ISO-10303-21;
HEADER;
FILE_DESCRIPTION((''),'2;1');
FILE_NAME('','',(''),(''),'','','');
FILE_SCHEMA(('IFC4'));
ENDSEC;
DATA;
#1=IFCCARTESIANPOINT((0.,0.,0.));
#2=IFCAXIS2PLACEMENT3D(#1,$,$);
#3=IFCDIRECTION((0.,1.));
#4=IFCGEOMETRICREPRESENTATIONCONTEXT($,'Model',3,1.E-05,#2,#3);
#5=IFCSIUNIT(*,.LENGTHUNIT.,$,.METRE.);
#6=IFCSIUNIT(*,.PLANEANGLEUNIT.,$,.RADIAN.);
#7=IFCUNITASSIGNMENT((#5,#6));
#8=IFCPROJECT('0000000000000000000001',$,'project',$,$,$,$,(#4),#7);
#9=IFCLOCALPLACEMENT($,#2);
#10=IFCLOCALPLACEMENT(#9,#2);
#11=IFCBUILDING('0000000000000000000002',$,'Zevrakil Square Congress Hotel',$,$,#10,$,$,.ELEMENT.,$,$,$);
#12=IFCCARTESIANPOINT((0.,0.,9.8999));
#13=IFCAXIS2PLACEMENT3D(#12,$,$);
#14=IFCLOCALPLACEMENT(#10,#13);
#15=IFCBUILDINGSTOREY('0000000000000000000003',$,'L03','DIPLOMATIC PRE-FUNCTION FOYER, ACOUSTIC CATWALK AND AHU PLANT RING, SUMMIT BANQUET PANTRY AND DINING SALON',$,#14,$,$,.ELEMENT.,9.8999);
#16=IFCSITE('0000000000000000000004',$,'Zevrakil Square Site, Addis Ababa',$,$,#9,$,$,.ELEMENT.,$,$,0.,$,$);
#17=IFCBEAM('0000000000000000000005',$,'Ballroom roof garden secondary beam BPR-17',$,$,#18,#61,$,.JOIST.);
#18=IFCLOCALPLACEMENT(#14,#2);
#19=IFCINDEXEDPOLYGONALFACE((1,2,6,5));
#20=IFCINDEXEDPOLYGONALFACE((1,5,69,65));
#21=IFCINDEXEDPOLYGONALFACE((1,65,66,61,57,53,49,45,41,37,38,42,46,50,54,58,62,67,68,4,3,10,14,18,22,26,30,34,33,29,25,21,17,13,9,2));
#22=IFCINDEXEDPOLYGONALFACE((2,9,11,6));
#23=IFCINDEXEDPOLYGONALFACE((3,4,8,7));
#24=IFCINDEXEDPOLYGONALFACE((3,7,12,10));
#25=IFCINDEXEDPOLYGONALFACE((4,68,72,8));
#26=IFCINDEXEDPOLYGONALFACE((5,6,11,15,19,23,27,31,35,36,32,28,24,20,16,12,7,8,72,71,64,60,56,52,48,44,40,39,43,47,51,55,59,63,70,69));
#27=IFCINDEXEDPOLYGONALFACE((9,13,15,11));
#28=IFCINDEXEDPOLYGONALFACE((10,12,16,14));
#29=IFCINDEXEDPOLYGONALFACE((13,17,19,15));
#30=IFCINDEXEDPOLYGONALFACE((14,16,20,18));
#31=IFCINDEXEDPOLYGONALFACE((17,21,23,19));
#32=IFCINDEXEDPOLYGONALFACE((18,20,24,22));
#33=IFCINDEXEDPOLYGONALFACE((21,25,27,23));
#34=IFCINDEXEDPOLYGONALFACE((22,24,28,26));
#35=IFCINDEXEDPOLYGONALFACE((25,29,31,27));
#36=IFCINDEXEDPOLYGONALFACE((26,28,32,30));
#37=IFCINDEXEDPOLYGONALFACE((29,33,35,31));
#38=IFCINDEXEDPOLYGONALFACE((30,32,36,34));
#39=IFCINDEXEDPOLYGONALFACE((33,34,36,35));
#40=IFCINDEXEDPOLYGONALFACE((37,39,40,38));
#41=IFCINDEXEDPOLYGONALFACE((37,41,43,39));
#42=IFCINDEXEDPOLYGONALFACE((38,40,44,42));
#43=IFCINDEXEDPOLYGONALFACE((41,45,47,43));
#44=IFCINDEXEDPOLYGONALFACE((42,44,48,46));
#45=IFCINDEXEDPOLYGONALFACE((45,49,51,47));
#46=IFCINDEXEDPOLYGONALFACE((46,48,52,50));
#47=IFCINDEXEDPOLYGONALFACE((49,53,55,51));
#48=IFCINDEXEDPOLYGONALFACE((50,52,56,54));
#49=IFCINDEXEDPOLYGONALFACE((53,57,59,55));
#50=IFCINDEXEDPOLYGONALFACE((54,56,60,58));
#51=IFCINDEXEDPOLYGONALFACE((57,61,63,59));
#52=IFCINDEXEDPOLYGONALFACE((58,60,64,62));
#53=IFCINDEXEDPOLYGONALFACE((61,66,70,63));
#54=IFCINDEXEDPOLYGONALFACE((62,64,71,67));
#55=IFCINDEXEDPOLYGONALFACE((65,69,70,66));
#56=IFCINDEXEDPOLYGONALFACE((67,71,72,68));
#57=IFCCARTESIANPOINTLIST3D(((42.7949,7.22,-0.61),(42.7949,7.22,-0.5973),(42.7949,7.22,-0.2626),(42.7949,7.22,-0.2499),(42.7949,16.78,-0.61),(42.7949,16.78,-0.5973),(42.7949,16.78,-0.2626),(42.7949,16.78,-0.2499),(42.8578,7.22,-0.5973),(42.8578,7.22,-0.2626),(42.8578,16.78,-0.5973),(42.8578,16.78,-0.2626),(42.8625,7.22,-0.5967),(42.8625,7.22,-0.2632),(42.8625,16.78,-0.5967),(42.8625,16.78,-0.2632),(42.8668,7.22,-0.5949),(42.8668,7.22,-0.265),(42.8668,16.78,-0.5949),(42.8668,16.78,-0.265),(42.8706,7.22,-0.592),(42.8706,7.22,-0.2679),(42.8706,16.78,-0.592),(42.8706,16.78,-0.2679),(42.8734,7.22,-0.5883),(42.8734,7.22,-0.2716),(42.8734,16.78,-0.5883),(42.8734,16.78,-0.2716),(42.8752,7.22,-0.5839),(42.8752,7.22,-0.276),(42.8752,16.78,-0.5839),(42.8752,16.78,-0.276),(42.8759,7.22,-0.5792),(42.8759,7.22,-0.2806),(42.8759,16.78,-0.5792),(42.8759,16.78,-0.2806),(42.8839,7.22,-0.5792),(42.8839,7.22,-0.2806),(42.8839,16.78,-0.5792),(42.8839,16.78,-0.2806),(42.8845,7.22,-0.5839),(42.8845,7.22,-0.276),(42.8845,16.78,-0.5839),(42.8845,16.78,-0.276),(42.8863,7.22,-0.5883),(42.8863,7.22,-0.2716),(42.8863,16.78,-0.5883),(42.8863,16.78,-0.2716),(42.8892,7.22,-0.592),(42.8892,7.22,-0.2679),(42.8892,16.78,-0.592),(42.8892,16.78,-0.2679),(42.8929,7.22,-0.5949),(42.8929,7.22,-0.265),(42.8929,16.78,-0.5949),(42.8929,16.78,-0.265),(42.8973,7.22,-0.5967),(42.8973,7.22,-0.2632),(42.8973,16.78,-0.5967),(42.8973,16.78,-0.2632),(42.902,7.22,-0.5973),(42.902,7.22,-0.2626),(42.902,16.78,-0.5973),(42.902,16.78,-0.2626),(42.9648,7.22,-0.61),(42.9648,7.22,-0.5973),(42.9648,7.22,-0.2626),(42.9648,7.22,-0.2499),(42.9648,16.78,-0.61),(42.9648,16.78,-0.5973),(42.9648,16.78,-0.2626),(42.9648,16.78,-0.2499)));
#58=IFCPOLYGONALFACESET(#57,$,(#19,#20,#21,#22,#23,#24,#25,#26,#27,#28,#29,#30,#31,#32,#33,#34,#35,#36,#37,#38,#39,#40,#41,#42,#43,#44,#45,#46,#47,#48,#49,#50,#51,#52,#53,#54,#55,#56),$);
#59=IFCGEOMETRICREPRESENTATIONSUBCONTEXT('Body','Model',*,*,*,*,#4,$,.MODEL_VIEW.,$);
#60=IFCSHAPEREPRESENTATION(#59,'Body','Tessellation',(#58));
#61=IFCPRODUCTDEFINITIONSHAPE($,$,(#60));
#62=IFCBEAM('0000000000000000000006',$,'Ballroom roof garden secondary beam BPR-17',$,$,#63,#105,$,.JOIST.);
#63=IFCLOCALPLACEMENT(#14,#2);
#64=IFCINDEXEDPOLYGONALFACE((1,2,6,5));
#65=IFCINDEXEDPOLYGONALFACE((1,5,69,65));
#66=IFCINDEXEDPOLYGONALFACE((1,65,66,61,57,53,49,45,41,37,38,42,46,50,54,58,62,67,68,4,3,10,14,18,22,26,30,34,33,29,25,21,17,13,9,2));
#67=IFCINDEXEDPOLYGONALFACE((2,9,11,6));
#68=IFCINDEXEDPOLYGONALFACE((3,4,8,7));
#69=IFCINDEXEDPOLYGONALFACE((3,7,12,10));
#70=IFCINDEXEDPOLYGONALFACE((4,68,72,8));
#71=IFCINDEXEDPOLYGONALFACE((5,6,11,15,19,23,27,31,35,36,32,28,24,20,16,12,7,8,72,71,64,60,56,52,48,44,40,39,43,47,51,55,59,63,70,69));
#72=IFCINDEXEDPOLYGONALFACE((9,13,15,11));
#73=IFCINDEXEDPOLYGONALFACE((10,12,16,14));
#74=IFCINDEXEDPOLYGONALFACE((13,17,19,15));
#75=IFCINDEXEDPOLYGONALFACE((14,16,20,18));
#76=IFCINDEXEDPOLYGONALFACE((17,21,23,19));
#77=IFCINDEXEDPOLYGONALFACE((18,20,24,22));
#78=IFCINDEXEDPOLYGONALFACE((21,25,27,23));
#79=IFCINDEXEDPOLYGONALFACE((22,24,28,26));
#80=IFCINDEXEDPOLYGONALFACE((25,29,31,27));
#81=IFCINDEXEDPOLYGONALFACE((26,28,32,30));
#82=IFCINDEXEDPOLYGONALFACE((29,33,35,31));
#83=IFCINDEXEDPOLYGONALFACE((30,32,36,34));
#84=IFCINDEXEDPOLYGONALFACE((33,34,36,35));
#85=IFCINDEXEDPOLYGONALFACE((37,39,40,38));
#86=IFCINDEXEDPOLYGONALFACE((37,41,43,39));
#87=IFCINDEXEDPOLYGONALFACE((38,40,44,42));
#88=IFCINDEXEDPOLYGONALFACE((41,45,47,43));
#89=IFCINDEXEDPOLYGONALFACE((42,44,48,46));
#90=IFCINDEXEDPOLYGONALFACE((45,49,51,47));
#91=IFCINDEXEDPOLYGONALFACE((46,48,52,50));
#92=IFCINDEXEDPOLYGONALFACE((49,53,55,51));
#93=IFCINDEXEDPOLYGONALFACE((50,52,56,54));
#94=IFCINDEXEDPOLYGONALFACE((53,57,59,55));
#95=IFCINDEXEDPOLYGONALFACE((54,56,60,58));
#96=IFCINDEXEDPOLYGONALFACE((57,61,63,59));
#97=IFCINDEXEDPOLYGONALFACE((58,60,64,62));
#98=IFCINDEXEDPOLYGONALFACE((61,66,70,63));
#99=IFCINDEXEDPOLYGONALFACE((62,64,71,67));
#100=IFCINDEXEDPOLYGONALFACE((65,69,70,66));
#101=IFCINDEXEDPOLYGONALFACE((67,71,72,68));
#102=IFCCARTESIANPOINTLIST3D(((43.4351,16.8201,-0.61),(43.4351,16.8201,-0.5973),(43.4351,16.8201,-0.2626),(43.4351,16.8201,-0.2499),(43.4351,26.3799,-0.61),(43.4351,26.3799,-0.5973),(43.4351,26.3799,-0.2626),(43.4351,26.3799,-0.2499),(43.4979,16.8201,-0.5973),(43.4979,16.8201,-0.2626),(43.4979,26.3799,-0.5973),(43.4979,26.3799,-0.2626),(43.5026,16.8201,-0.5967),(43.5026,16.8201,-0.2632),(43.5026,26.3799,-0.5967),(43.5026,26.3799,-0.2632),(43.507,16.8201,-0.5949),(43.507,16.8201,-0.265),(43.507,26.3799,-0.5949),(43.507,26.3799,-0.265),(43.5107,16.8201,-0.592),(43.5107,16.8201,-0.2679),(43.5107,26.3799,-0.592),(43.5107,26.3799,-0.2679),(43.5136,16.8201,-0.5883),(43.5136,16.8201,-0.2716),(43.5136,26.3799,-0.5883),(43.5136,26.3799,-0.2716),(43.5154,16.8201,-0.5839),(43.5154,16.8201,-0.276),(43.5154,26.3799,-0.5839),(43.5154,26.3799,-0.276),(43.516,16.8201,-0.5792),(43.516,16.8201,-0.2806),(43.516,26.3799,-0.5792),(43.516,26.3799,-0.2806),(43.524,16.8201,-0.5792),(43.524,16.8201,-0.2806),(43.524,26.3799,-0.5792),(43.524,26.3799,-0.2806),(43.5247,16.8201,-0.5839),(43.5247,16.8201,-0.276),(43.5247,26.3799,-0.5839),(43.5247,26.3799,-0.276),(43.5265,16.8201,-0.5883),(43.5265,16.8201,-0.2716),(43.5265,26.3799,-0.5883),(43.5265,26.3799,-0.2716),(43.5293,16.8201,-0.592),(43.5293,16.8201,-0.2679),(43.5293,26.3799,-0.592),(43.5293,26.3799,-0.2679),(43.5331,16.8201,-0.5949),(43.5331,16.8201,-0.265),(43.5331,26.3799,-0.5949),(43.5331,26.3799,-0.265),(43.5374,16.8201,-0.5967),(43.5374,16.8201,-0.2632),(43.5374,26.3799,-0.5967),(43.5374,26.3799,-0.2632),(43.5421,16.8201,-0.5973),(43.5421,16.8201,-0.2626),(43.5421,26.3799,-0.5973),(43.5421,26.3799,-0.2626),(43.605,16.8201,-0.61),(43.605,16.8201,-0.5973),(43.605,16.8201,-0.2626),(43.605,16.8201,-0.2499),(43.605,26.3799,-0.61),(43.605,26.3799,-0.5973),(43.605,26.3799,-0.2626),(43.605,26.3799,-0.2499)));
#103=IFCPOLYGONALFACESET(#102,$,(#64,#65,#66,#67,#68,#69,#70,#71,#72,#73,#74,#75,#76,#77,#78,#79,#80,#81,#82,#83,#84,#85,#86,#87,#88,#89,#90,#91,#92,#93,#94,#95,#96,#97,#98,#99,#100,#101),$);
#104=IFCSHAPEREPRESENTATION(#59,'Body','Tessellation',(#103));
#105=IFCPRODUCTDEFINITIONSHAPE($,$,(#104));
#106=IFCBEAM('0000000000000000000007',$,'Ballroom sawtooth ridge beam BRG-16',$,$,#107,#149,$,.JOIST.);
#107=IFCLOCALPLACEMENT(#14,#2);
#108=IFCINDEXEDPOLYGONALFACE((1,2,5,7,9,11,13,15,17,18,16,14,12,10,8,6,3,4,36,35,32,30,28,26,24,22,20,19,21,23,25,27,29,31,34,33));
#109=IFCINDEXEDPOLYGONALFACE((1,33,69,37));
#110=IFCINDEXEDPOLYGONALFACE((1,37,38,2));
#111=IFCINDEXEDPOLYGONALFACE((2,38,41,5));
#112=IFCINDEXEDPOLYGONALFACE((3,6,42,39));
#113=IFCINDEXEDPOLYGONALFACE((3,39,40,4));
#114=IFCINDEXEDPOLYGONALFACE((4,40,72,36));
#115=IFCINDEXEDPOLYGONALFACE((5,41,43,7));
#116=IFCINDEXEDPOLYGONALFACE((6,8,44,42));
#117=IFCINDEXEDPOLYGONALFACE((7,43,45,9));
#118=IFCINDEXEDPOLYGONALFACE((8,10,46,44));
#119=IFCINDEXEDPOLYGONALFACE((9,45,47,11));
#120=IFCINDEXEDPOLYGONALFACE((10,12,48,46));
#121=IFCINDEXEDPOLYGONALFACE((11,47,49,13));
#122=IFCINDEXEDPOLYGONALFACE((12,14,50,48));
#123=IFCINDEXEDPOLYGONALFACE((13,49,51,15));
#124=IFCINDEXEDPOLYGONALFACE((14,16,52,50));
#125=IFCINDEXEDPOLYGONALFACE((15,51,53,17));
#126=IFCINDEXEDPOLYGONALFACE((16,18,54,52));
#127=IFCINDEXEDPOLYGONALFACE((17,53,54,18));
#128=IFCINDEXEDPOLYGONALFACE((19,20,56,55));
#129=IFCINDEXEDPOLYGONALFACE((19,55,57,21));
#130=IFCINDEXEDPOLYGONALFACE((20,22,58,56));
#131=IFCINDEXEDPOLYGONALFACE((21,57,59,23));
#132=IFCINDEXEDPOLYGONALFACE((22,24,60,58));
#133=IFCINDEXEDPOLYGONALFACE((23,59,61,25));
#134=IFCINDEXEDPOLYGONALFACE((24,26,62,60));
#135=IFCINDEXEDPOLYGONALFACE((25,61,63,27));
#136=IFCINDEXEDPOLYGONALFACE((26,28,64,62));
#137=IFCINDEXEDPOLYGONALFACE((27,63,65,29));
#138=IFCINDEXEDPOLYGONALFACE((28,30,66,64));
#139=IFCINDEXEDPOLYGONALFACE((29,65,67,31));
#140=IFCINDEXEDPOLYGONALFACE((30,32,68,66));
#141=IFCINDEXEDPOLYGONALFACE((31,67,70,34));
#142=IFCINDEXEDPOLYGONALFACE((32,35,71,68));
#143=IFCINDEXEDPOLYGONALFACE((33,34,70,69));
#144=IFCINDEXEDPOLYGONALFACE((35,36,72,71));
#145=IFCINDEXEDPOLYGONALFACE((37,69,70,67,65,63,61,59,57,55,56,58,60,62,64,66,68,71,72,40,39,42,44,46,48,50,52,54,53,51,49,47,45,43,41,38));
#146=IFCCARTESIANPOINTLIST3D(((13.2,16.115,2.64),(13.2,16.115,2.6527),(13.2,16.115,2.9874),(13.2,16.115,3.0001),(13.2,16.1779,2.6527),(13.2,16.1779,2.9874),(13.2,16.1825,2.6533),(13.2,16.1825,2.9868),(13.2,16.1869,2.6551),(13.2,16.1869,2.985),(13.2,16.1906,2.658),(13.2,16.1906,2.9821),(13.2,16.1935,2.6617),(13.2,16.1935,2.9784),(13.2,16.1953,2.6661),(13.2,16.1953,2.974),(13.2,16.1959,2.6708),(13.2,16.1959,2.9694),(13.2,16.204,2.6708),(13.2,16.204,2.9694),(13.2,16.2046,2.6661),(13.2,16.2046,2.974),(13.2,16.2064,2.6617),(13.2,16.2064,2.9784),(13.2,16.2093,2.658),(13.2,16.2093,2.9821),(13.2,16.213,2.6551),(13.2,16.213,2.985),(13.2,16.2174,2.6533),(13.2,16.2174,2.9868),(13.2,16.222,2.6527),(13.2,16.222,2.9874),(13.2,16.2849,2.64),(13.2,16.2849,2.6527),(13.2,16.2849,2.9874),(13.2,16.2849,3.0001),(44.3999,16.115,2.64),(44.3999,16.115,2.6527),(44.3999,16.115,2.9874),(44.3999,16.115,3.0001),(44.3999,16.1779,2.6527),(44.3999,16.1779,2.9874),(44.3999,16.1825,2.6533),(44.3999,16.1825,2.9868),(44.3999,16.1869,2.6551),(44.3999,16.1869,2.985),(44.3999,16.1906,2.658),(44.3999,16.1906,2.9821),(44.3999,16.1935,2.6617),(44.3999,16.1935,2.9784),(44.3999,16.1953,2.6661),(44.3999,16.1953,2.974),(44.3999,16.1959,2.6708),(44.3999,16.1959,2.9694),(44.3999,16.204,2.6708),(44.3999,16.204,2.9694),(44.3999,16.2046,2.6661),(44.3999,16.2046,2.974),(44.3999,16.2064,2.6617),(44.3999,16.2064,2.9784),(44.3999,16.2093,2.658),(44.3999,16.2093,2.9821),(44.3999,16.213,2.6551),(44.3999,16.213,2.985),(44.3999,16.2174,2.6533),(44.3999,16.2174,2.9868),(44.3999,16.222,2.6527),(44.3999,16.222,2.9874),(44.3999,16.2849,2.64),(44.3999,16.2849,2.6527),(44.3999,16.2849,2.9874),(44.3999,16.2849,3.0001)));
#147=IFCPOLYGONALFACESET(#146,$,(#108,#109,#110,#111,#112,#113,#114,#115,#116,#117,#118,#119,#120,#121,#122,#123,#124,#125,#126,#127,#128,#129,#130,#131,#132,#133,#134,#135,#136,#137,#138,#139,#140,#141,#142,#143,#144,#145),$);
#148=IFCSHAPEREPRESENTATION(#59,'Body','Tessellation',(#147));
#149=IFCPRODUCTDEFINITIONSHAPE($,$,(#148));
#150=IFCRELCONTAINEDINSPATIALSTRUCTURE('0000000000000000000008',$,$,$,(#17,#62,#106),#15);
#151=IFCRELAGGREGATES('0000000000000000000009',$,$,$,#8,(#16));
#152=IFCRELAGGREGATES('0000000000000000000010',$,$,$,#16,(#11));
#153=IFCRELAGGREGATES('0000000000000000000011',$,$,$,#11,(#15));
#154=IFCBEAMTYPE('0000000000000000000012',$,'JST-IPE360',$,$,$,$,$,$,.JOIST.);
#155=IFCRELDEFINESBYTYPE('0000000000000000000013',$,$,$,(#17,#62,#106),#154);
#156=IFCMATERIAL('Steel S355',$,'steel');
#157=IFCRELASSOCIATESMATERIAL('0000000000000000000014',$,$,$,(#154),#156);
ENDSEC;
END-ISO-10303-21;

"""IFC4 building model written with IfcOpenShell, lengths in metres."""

from ifc_helpers import new_model, si_unit, direction, frame, origin, origin_2d, place, context, subcontext, project, spatial, i_section, extrude, material, material_profile, profile_set, type_object, element, save


model = new_model("IFC4")

# Units and contexts
model_context = context("Model", 3, precision=1e-05, world=origin(), true_north=direction((0.0, 1.0)))
body_context = subcontext(model_context, "Body", "Model", "MODEL_VIEW")
ifc_project = project(units=[si_unit("LENGTHUNIT", "METRE"), si_unit("PLANEANGLEUNIT", "RADIAN")], contexts=[model_context])

# Site, building, storey
site_placement = place(None, origin())
site = spatial("IfcSite", under=ifc_project, at=site_placement, Name="Zevrakil Square Site, Addis Ababa", CompositionType="ELEMENT", RefElevation=0.0)
building_placement = place(site_placement, origin())
building = spatial("IfcBuilding", under=site, at=building_placement, Name="Zevrakil Square Congress Hotel", CompositionType="ELEMENT")
storey_placement = place(building_placement, frame((0.0, 0.0, 9.8999)))
storey = spatial("IfcBuildingStorey", under=building, at=storey_placement, Name="L03", Description="DIPLOMATIC PRE-FUNCTION FOYER, ACOUSTIC CATWALK AND AHU PLANT RING, SUMMIT BANQUET PANTRY AND DINING SALON", CompositionType="ELEMENT", Elevation=9.8999)

# Beams
ifc_material_1 = material(Name="Steel S355", Category="steel")
ifc_material_profile_1 = material_profile(ifc_material_1, i_section(OverallWidth=0.1699, OverallDepth=0.3601, WebThickness=0.0081, FlangeThickness=0.0127, FilletRadius=0.0181, at=origin_2d()), Name="IPE 360")
ifc_profile_set_1 = profile_set([ifc_material_profile_1], Name="Steel S355")
beam_type_1 = type_object("IfcBeamType", Name="JST-IPE360", PredefinedType="JOIST", material=ifc_profile_set_1)
beam_1_placement = place(storey_placement, frame((42.8799, 7.22, -0.4299), z_axis=(0.0, 1.0, 0.0), x_axis=(-1.0, 0.0, 0.0)))
element("IfcBeam", 1, at=beam_1_placement, inside=storey, type_object=beam_type_1, Name="Ballroom roof garden secondary beam BPR-17", PredefinedType="JOIST", context=body_context, shape_type="SweptSolid", body=[
    extrude(i_section(OverallWidth=0.1699, OverallDepth=0.3601, WebThickness=0.0081, FlangeThickness=0.0127, FilletRadius=0.0181, at=origin_2d()), origin(), (0.0, 0.0, 1.0), 9.5601),
])
beam_2_placement = place(storey_placement, frame((43.52, 16.8201, -0.4299), z_axis=(0.0, 1.0, 0.0), x_axis=(-1.0, 0.0, 0.0)))
element("IfcBeam", 2, at=beam_2_placement, inside=storey, type_object=beam_type_1, Name="Ballroom roof garden secondary beam BPR-17", PredefinedType="JOIST", context=body_context, shape_type="SweptSolid", body=[
    extrude(i_section(OverallWidth=0.1699, OverallDepth=0.3601, WebThickness=0.0081, FlangeThickness=0.0127, FilletRadius=0.0181, at=origin_2d()), origin(), (0.0, 0.0, 1.0), 9.5598),
])
beam_3_placement = place(storey_placement, frame((13.2, 16.2, 2.8201), z_axis=(1.0, 0.0, 0.0), x_axis=(0.0, 1.0, 0.0)))
element("IfcBeam", 3, at=beam_3_placement, inside=storey, type_object=beam_type_1, Name="Ballroom sawtooth ridge beam BRG-16", PredefinedType="JOIST", context=body_context, shape_type="SweptSolid", body=[
    extrude(i_section(OverallWidth=0.1699, OverallDepth=0.3601, WebThickness=0.0081, FlangeThickness=0.0127, FilletRadius=0.0181, at=origin_2d()), origin(), (0.0, 0.0, 1.0), 31.2),
])

save(model, "model.ifc")
